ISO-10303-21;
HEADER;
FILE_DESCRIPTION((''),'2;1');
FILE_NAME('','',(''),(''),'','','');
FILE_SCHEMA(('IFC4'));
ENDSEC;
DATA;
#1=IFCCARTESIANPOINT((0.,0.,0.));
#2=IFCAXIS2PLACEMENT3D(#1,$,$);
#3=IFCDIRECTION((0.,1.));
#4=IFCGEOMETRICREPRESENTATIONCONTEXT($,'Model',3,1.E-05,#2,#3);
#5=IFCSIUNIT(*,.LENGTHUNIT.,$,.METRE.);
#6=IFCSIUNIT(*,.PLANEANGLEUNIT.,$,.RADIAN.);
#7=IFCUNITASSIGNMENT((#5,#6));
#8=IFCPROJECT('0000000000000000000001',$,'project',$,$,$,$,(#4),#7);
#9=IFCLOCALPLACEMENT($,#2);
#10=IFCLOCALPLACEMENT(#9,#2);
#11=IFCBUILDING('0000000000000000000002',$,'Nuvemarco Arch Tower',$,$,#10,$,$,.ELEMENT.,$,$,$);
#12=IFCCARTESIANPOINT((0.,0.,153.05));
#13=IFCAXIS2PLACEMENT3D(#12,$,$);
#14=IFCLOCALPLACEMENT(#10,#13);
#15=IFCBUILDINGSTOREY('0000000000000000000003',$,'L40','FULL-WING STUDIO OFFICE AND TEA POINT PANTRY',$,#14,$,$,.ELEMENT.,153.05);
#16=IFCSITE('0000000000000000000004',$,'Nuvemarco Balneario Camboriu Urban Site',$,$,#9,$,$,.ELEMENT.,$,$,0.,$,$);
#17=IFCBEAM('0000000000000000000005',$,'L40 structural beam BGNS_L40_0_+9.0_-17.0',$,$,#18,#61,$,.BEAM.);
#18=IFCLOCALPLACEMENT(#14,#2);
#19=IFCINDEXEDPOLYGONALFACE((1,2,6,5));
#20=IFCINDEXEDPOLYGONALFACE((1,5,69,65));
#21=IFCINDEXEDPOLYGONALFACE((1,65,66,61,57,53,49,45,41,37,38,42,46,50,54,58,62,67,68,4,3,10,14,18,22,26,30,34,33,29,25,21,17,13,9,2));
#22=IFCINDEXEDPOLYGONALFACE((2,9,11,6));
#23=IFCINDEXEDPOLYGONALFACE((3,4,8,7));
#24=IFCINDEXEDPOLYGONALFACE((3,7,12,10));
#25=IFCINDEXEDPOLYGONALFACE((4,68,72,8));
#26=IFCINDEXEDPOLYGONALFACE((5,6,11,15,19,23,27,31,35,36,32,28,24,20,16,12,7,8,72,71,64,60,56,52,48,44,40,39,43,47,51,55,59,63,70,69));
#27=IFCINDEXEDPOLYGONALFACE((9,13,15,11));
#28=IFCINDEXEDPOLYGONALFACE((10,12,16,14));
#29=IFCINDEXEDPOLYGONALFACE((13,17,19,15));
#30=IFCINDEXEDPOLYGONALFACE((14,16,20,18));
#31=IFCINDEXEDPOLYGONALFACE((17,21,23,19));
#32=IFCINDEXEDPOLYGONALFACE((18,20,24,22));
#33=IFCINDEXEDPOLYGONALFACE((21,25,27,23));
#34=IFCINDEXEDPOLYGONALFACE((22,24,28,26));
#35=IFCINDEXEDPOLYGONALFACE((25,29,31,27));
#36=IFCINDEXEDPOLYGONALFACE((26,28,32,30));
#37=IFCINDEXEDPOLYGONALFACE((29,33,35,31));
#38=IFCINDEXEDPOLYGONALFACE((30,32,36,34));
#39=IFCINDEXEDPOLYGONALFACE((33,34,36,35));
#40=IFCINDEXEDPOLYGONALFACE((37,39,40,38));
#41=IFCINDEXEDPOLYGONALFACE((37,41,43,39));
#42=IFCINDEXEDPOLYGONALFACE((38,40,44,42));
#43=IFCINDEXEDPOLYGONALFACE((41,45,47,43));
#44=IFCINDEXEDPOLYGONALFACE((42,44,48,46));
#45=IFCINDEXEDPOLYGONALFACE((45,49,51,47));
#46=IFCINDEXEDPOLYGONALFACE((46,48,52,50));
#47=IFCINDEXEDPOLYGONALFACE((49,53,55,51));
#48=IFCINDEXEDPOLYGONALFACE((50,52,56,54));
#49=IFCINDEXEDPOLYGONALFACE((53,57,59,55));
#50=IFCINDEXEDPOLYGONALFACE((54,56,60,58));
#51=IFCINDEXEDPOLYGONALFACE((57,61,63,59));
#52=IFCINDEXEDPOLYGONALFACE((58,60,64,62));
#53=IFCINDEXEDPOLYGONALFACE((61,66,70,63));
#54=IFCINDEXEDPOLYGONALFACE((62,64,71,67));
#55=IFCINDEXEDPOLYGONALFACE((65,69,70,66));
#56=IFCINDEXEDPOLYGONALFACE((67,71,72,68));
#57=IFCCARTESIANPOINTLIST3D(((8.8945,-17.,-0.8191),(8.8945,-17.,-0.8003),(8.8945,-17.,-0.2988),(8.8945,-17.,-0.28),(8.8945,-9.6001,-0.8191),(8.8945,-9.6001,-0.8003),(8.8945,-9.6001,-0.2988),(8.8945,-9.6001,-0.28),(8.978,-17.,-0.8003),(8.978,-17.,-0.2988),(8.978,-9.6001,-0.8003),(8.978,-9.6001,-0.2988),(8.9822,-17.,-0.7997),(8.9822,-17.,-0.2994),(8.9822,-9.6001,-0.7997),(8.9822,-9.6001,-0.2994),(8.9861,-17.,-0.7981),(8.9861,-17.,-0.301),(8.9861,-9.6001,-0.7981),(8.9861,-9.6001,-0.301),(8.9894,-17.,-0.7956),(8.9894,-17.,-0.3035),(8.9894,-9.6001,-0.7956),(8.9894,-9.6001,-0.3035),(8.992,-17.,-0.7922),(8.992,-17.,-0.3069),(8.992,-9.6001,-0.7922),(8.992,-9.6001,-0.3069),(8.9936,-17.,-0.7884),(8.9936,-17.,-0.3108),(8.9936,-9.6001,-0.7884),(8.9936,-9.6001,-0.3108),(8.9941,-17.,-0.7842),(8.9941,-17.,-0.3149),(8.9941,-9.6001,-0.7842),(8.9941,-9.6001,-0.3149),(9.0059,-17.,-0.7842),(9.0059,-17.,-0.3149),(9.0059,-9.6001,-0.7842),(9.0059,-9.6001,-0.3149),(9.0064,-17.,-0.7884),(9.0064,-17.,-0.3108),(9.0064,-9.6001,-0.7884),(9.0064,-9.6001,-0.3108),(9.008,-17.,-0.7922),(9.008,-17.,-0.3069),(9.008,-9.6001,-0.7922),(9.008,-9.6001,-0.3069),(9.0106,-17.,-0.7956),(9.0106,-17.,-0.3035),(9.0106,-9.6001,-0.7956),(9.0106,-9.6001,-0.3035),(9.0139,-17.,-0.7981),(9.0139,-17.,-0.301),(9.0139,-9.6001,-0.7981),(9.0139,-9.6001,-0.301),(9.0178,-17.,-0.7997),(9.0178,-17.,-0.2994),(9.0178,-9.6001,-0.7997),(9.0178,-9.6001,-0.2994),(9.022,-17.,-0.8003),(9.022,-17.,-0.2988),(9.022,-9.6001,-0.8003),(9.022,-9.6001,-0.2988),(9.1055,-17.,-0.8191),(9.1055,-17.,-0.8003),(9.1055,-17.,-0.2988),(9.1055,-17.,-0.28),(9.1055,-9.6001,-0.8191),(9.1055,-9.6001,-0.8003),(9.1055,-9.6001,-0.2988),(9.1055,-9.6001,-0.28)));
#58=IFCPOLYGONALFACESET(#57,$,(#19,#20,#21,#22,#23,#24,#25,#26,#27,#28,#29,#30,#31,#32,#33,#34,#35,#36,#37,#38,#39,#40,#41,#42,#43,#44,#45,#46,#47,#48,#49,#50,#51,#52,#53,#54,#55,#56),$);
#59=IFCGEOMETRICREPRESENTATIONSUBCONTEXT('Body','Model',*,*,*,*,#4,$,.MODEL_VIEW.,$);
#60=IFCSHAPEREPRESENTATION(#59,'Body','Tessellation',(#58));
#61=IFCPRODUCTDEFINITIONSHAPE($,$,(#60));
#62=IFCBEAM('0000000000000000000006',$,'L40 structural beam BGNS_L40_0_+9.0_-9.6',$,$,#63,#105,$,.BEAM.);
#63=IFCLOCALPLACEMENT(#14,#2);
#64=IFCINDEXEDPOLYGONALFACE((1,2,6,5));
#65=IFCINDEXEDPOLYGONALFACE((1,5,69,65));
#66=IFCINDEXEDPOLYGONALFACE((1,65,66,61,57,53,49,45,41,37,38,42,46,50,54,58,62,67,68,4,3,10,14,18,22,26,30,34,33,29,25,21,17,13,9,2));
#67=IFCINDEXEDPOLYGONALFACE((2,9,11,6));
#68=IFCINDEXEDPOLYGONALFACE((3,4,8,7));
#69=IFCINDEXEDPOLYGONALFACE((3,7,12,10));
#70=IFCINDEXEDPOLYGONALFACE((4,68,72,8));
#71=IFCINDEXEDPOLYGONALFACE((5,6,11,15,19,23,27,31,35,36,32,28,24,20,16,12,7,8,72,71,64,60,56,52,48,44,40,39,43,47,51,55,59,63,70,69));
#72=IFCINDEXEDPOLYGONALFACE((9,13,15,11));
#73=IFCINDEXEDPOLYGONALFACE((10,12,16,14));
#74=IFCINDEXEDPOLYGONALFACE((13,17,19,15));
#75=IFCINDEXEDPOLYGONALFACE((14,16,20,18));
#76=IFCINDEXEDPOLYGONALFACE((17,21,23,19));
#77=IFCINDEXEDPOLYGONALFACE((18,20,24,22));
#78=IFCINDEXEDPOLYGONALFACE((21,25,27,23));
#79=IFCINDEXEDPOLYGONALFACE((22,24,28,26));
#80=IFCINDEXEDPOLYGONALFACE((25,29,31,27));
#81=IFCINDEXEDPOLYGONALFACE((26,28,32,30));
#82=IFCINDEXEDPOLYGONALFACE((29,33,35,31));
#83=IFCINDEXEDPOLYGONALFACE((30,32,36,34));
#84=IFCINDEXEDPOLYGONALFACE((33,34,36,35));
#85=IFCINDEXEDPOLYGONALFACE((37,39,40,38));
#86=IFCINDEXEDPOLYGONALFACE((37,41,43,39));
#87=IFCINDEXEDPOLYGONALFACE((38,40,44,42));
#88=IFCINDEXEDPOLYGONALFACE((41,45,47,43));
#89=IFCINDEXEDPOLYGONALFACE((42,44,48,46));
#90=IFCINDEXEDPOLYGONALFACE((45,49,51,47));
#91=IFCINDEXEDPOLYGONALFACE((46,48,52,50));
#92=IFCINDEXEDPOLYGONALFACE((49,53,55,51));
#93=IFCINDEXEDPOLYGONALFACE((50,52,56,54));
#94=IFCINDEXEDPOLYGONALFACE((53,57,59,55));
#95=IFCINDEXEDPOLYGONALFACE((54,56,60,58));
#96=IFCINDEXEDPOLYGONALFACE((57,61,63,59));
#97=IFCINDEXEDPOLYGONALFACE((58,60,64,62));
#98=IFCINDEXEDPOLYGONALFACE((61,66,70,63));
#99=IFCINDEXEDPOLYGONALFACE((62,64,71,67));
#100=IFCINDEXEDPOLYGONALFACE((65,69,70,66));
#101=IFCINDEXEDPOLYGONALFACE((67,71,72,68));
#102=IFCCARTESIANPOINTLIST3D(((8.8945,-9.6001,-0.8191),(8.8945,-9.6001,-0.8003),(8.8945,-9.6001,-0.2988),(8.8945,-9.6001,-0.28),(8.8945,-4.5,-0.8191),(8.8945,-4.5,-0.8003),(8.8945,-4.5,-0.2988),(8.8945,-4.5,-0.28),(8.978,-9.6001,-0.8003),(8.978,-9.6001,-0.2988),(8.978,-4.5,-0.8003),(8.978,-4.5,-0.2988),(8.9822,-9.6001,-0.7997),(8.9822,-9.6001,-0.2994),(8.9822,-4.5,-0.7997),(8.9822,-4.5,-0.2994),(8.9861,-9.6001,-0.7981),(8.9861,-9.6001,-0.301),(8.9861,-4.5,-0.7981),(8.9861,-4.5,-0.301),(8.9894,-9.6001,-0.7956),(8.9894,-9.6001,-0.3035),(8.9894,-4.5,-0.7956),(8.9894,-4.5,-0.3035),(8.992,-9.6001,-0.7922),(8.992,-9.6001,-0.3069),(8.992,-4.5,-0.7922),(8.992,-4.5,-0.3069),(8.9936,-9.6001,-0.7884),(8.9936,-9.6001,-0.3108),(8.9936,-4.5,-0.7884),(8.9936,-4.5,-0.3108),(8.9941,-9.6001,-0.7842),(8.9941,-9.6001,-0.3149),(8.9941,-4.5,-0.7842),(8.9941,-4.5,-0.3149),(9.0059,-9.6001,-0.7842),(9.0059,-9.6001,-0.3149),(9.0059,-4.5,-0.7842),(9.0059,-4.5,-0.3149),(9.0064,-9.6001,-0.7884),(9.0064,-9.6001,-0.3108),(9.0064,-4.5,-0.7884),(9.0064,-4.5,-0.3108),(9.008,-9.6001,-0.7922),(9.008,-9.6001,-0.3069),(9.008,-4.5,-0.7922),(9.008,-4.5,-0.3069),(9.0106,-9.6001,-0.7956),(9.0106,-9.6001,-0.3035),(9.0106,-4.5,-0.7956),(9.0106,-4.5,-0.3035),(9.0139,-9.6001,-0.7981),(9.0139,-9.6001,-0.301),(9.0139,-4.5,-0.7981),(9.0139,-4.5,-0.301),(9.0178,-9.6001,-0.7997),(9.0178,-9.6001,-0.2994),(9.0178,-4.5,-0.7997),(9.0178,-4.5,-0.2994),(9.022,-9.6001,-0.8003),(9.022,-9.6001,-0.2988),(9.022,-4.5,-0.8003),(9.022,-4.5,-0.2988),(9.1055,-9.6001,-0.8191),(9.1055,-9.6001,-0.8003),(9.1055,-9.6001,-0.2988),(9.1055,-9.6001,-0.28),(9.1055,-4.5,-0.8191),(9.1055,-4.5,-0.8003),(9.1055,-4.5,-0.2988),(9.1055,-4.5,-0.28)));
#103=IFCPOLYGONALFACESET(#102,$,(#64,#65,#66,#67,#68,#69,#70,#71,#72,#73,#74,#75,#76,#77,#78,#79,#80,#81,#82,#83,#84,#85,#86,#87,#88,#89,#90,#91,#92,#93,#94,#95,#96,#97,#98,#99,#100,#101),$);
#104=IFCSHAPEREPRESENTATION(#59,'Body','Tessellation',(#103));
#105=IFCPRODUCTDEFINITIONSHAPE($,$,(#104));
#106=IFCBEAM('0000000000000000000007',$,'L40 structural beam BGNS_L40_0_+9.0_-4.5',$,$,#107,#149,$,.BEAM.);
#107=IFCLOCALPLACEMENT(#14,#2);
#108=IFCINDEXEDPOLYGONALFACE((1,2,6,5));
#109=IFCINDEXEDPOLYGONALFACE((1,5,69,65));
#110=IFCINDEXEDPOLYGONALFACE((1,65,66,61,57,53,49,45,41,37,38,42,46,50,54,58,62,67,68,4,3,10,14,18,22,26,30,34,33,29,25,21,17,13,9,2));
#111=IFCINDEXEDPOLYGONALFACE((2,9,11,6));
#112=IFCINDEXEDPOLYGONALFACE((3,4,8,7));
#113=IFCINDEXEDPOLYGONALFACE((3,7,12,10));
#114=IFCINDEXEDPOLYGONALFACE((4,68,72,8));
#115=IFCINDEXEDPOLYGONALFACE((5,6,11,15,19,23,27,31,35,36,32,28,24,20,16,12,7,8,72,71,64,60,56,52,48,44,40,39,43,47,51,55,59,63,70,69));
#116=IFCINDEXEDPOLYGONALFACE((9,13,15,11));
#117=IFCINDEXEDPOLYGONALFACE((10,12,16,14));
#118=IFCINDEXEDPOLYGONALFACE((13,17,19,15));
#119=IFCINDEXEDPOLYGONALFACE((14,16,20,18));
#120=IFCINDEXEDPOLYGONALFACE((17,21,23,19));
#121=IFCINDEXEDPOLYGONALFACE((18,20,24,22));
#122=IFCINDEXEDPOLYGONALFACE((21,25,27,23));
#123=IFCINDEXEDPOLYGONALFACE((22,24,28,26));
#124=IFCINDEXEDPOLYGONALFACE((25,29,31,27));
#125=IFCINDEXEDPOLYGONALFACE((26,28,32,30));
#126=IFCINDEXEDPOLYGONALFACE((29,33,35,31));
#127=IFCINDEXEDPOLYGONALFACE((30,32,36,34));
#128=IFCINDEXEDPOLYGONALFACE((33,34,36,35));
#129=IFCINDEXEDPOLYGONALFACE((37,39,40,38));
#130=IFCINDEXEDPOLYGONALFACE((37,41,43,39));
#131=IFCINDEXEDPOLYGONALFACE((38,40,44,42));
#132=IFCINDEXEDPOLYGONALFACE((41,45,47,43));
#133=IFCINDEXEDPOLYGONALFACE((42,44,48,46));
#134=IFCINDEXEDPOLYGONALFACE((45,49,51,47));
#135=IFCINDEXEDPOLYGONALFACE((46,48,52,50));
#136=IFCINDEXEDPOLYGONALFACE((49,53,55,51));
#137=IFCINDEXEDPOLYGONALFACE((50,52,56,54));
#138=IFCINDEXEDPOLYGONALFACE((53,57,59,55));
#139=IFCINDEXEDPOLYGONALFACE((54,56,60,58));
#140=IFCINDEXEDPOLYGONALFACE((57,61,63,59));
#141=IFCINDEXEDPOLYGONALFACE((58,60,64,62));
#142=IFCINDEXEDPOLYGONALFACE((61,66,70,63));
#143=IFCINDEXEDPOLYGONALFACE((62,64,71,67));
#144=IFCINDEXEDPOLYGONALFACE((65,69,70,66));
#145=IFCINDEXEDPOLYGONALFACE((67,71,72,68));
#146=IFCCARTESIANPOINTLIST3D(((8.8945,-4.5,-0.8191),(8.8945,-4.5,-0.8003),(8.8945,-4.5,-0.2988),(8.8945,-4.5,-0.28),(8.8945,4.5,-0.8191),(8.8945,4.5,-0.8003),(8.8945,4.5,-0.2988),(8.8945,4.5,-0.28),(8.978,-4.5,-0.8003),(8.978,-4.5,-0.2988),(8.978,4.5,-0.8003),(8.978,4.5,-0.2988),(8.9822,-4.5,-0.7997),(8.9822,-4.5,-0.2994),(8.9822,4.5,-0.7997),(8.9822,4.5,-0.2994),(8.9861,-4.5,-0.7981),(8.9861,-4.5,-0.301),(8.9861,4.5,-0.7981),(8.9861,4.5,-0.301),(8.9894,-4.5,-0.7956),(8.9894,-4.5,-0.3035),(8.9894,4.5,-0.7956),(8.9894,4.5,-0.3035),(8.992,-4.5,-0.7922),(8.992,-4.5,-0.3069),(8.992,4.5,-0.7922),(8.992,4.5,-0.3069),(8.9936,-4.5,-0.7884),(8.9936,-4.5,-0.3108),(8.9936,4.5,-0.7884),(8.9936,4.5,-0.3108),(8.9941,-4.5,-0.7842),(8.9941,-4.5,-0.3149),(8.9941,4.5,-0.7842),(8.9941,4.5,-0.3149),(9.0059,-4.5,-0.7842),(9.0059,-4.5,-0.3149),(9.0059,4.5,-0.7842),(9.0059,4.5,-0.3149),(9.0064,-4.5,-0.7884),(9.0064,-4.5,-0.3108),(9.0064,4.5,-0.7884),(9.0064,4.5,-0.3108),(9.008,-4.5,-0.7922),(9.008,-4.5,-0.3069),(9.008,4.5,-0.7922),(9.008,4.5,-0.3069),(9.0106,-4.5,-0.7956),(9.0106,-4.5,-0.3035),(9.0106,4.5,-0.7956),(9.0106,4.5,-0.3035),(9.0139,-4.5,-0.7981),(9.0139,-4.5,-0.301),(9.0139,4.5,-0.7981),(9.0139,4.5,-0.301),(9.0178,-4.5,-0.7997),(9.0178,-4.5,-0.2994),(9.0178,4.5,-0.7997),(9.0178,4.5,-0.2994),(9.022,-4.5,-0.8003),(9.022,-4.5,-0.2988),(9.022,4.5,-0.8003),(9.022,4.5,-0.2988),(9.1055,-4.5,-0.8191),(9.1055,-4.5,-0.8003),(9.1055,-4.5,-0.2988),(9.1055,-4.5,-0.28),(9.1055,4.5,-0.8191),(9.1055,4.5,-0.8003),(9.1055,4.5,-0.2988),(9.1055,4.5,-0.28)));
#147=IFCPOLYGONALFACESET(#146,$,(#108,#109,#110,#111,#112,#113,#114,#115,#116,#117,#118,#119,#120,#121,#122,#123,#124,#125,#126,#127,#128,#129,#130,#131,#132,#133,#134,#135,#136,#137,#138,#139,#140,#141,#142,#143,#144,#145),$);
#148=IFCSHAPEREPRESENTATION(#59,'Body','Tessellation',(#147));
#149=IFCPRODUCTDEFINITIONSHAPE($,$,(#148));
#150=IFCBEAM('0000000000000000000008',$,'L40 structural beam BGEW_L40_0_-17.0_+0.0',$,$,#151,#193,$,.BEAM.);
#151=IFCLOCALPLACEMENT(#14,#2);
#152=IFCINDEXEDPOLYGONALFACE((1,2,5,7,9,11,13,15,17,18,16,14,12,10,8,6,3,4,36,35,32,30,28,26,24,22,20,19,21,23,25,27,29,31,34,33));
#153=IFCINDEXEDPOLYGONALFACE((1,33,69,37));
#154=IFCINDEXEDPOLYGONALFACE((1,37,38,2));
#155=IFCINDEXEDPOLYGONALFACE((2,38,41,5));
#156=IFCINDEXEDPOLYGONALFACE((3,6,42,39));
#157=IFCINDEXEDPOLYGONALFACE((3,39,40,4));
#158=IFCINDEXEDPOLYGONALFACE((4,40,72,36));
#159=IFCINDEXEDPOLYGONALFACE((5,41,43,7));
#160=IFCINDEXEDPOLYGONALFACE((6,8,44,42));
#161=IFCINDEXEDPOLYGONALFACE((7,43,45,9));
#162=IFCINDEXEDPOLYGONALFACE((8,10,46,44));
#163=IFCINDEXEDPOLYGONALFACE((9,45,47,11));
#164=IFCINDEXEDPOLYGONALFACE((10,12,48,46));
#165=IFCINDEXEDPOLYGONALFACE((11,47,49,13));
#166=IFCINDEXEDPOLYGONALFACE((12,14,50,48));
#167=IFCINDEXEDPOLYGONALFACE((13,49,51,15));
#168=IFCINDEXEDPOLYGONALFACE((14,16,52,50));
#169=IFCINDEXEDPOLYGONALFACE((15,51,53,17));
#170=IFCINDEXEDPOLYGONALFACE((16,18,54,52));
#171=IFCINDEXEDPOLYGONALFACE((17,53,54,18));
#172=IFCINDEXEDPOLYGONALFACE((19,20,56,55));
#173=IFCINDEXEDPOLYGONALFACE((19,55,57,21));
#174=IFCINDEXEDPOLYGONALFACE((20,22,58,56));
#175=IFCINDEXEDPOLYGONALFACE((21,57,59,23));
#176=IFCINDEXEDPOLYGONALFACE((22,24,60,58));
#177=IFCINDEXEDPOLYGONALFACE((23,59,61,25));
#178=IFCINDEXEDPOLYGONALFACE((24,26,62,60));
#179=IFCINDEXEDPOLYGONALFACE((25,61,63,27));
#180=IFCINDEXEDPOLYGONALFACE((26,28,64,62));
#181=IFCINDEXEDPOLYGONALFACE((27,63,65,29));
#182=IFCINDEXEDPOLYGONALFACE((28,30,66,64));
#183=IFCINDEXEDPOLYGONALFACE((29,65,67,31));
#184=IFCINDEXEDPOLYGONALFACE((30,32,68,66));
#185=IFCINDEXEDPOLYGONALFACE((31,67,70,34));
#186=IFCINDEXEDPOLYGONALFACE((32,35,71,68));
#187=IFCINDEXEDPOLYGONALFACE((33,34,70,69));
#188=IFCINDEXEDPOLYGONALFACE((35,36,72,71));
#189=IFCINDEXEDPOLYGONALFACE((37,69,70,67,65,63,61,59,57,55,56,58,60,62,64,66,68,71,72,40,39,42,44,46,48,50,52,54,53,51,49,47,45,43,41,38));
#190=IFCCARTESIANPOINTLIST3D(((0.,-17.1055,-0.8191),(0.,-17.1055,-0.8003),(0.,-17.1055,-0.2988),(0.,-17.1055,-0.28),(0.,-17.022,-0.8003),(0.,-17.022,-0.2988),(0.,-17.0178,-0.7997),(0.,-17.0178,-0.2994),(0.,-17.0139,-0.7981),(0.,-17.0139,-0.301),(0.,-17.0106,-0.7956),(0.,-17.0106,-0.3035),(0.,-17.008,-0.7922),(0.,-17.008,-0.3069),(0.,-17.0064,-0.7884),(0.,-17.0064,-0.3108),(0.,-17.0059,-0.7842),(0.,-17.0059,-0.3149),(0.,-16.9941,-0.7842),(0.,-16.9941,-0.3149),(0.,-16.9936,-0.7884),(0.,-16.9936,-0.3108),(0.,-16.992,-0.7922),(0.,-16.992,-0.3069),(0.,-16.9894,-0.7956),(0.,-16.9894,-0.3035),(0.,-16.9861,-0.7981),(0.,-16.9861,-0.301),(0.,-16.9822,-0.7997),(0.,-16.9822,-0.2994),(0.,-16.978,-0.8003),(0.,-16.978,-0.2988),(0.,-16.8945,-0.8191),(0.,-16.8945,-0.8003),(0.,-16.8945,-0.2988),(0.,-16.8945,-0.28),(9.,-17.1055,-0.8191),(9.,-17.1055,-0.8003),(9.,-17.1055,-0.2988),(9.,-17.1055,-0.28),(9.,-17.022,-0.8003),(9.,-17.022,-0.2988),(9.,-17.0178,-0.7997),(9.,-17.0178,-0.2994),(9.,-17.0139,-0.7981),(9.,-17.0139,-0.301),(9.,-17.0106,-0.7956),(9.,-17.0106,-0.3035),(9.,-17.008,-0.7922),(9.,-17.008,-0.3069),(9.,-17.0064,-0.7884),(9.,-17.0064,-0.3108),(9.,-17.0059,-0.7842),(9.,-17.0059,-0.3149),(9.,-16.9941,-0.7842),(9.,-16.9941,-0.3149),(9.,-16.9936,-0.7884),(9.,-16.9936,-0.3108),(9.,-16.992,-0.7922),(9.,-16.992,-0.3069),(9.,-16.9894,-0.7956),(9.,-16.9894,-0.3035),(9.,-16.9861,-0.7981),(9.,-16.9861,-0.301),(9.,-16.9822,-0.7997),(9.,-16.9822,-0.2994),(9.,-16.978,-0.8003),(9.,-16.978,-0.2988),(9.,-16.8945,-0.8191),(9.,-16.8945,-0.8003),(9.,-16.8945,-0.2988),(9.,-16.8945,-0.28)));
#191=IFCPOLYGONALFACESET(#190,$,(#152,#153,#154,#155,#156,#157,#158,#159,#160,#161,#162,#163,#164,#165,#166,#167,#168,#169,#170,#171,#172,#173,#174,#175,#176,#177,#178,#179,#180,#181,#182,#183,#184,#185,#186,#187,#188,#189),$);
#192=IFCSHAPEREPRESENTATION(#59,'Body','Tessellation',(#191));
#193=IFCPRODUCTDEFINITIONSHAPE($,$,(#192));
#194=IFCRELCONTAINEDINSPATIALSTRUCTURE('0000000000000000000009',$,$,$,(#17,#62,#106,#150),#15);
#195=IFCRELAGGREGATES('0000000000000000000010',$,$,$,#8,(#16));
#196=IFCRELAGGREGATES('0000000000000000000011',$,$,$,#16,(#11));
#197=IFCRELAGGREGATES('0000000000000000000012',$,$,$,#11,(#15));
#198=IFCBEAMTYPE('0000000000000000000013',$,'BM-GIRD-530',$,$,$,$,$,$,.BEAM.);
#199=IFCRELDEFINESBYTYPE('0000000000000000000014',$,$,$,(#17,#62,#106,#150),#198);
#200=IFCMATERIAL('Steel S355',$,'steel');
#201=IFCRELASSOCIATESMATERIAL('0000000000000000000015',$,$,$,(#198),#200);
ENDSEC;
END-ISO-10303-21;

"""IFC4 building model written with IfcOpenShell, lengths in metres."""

from ifc_helpers import new_model, si_unit, direction, frame, origin, origin_2d, place, context, subcontext, project, spatial, i_section, extrude, material, material_profile, profile_set, type_object, element, save


model = new_model("IFC4")

# Units and contexts
model_context = context("Model", 3, precision=1e-05, world=origin(), true_north=direction((0.0, 1.0)))
body_context = subcontext(model_context, "Body", "Model", "MODEL_VIEW")
ifc_project = project(units=[si_unit("LENGTHUNIT", "METRE"), si_unit("PLANEANGLEUNIT", "RADIAN")], contexts=[model_context])

# Site, building, storey
site_placement = place(None, origin())
site = spatial("IfcSite", under=ifc_project, at=site_placement, Name="Nuvemarco Balneario Camboriu Urban Site", CompositionType="ELEMENT", RefElevation=0.0)
building_placement = place(site_placement, origin())
building = spatial("IfcBuilding", under=site, at=building_placement, Name="Nuvemarco Arch Tower", CompositionType="ELEMENT")
storey_placement = place(building_placement, frame((0.0, 0.0, 153.05)))
storey = spatial("IfcBuildingStorey", under=building, at=storey_placement, Name="L40", Description="FULL-WING STUDIO OFFICE AND TEA POINT PANTRY", CompositionType="ELEMENT", Elevation=153.05)

# Shared definitions
ifc_material_1 = material(Name="Steel S355", Category="steel")

# Beams
ifc_material_profile_1 = material_profile(ifc_material_1, i_section(OverallWidth=0.2109, OverallDepth=0.5391, WebThickness=0.0117, FlangeThickness=0.0188, FilletRadius=0.0161, at=origin_2d()), Name="W530x109")
ifc_profile_set_1 = profile_set([ifc_material_profile_1], Name="Steel S355")
beam_type_1 = type_object("IfcBeamType", Name="BM-GIRD-530", PredefinedType="BEAM", material=ifc_profile_set_1)
beam_1_placement = place(storey_placement, frame((9.0, -17.0, -0.5496), z_axis=(0.0, 1.0, 0.0), x_axis=(-1.0, 0.0, 0.0)))
element("IfcBeam", 1, at=beam_1_placement, inside=storey, type_object=beam_type_1, Name="L40 structural beam BGNS_L40_0_+9.0_-17.0", PredefinedType="BEAM", context=body_context, shape_type="SweptSolid", body=[
    extrude(i_section(OverallWidth=0.2109, OverallDepth=0.5391, WebThickness=0.0117, FlangeThickness=0.0188, FilletRadius=0.0161, at=origin_2d()), origin(), (0.0, 0.0, 1.0), 7.3999),
])
beam_2_placement = place(storey_placement, frame((9.0, -9.6001, -0.5496), z_axis=(0.0, 1.0, 0.0), x_axis=(-1.0, 0.0, 0.0)))
element("IfcBeam", 2, at=beam_2_placement, inside=storey, type_object=beam_type_1, Name="L40 structural beam BGNS_L40_0_+9.0_-9.6", PredefinedType="BEAM", context=body_context, shape_type="SweptSolid", body=[
    extrude(i_section(OverallWidth=0.2109, OverallDepth=0.5391, WebThickness=0.0117, FlangeThickness=0.0188, FilletRadius=0.0161, at=origin_2d()), origin(), (0.0, 0.0, 1.0), 5.1001),
])
for number, where, z_axis, x_axis, name in (
    (3, (9.0, -4.5, -0.5496), (0.0, 1.0, 0.0), (-1.0, 0.0, 0.0), "L40 structural beam BGNS_L40_0_+9.0_-4.5"),
    (4, (0.0, -17.0, -0.5496), (1.0, 0.0, 0.0), (0.0, 1.0, 0.0), "L40 structural beam BGEW_L40_0_-17.0_+0.0"),
):
    element("IfcBeam", number, at=place(storey_placement, frame(where, z_axis=z_axis, x_axis=x_axis)), inside=storey, type_object=beam_type_1, Name=name, PredefinedType="BEAM", context=body_context, shape_type="SweptSolid", body=[
        extrude(i_section(OverallWidth=0.2109, OverallDepth=0.5391, WebThickness=0.0117, FlangeThickness=0.0188, FilletRadius=0.0161, at=origin_2d()), origin(), (0.0, 0.0, 1.0), 9.0),
    ])

save(model, "model.ifc")
